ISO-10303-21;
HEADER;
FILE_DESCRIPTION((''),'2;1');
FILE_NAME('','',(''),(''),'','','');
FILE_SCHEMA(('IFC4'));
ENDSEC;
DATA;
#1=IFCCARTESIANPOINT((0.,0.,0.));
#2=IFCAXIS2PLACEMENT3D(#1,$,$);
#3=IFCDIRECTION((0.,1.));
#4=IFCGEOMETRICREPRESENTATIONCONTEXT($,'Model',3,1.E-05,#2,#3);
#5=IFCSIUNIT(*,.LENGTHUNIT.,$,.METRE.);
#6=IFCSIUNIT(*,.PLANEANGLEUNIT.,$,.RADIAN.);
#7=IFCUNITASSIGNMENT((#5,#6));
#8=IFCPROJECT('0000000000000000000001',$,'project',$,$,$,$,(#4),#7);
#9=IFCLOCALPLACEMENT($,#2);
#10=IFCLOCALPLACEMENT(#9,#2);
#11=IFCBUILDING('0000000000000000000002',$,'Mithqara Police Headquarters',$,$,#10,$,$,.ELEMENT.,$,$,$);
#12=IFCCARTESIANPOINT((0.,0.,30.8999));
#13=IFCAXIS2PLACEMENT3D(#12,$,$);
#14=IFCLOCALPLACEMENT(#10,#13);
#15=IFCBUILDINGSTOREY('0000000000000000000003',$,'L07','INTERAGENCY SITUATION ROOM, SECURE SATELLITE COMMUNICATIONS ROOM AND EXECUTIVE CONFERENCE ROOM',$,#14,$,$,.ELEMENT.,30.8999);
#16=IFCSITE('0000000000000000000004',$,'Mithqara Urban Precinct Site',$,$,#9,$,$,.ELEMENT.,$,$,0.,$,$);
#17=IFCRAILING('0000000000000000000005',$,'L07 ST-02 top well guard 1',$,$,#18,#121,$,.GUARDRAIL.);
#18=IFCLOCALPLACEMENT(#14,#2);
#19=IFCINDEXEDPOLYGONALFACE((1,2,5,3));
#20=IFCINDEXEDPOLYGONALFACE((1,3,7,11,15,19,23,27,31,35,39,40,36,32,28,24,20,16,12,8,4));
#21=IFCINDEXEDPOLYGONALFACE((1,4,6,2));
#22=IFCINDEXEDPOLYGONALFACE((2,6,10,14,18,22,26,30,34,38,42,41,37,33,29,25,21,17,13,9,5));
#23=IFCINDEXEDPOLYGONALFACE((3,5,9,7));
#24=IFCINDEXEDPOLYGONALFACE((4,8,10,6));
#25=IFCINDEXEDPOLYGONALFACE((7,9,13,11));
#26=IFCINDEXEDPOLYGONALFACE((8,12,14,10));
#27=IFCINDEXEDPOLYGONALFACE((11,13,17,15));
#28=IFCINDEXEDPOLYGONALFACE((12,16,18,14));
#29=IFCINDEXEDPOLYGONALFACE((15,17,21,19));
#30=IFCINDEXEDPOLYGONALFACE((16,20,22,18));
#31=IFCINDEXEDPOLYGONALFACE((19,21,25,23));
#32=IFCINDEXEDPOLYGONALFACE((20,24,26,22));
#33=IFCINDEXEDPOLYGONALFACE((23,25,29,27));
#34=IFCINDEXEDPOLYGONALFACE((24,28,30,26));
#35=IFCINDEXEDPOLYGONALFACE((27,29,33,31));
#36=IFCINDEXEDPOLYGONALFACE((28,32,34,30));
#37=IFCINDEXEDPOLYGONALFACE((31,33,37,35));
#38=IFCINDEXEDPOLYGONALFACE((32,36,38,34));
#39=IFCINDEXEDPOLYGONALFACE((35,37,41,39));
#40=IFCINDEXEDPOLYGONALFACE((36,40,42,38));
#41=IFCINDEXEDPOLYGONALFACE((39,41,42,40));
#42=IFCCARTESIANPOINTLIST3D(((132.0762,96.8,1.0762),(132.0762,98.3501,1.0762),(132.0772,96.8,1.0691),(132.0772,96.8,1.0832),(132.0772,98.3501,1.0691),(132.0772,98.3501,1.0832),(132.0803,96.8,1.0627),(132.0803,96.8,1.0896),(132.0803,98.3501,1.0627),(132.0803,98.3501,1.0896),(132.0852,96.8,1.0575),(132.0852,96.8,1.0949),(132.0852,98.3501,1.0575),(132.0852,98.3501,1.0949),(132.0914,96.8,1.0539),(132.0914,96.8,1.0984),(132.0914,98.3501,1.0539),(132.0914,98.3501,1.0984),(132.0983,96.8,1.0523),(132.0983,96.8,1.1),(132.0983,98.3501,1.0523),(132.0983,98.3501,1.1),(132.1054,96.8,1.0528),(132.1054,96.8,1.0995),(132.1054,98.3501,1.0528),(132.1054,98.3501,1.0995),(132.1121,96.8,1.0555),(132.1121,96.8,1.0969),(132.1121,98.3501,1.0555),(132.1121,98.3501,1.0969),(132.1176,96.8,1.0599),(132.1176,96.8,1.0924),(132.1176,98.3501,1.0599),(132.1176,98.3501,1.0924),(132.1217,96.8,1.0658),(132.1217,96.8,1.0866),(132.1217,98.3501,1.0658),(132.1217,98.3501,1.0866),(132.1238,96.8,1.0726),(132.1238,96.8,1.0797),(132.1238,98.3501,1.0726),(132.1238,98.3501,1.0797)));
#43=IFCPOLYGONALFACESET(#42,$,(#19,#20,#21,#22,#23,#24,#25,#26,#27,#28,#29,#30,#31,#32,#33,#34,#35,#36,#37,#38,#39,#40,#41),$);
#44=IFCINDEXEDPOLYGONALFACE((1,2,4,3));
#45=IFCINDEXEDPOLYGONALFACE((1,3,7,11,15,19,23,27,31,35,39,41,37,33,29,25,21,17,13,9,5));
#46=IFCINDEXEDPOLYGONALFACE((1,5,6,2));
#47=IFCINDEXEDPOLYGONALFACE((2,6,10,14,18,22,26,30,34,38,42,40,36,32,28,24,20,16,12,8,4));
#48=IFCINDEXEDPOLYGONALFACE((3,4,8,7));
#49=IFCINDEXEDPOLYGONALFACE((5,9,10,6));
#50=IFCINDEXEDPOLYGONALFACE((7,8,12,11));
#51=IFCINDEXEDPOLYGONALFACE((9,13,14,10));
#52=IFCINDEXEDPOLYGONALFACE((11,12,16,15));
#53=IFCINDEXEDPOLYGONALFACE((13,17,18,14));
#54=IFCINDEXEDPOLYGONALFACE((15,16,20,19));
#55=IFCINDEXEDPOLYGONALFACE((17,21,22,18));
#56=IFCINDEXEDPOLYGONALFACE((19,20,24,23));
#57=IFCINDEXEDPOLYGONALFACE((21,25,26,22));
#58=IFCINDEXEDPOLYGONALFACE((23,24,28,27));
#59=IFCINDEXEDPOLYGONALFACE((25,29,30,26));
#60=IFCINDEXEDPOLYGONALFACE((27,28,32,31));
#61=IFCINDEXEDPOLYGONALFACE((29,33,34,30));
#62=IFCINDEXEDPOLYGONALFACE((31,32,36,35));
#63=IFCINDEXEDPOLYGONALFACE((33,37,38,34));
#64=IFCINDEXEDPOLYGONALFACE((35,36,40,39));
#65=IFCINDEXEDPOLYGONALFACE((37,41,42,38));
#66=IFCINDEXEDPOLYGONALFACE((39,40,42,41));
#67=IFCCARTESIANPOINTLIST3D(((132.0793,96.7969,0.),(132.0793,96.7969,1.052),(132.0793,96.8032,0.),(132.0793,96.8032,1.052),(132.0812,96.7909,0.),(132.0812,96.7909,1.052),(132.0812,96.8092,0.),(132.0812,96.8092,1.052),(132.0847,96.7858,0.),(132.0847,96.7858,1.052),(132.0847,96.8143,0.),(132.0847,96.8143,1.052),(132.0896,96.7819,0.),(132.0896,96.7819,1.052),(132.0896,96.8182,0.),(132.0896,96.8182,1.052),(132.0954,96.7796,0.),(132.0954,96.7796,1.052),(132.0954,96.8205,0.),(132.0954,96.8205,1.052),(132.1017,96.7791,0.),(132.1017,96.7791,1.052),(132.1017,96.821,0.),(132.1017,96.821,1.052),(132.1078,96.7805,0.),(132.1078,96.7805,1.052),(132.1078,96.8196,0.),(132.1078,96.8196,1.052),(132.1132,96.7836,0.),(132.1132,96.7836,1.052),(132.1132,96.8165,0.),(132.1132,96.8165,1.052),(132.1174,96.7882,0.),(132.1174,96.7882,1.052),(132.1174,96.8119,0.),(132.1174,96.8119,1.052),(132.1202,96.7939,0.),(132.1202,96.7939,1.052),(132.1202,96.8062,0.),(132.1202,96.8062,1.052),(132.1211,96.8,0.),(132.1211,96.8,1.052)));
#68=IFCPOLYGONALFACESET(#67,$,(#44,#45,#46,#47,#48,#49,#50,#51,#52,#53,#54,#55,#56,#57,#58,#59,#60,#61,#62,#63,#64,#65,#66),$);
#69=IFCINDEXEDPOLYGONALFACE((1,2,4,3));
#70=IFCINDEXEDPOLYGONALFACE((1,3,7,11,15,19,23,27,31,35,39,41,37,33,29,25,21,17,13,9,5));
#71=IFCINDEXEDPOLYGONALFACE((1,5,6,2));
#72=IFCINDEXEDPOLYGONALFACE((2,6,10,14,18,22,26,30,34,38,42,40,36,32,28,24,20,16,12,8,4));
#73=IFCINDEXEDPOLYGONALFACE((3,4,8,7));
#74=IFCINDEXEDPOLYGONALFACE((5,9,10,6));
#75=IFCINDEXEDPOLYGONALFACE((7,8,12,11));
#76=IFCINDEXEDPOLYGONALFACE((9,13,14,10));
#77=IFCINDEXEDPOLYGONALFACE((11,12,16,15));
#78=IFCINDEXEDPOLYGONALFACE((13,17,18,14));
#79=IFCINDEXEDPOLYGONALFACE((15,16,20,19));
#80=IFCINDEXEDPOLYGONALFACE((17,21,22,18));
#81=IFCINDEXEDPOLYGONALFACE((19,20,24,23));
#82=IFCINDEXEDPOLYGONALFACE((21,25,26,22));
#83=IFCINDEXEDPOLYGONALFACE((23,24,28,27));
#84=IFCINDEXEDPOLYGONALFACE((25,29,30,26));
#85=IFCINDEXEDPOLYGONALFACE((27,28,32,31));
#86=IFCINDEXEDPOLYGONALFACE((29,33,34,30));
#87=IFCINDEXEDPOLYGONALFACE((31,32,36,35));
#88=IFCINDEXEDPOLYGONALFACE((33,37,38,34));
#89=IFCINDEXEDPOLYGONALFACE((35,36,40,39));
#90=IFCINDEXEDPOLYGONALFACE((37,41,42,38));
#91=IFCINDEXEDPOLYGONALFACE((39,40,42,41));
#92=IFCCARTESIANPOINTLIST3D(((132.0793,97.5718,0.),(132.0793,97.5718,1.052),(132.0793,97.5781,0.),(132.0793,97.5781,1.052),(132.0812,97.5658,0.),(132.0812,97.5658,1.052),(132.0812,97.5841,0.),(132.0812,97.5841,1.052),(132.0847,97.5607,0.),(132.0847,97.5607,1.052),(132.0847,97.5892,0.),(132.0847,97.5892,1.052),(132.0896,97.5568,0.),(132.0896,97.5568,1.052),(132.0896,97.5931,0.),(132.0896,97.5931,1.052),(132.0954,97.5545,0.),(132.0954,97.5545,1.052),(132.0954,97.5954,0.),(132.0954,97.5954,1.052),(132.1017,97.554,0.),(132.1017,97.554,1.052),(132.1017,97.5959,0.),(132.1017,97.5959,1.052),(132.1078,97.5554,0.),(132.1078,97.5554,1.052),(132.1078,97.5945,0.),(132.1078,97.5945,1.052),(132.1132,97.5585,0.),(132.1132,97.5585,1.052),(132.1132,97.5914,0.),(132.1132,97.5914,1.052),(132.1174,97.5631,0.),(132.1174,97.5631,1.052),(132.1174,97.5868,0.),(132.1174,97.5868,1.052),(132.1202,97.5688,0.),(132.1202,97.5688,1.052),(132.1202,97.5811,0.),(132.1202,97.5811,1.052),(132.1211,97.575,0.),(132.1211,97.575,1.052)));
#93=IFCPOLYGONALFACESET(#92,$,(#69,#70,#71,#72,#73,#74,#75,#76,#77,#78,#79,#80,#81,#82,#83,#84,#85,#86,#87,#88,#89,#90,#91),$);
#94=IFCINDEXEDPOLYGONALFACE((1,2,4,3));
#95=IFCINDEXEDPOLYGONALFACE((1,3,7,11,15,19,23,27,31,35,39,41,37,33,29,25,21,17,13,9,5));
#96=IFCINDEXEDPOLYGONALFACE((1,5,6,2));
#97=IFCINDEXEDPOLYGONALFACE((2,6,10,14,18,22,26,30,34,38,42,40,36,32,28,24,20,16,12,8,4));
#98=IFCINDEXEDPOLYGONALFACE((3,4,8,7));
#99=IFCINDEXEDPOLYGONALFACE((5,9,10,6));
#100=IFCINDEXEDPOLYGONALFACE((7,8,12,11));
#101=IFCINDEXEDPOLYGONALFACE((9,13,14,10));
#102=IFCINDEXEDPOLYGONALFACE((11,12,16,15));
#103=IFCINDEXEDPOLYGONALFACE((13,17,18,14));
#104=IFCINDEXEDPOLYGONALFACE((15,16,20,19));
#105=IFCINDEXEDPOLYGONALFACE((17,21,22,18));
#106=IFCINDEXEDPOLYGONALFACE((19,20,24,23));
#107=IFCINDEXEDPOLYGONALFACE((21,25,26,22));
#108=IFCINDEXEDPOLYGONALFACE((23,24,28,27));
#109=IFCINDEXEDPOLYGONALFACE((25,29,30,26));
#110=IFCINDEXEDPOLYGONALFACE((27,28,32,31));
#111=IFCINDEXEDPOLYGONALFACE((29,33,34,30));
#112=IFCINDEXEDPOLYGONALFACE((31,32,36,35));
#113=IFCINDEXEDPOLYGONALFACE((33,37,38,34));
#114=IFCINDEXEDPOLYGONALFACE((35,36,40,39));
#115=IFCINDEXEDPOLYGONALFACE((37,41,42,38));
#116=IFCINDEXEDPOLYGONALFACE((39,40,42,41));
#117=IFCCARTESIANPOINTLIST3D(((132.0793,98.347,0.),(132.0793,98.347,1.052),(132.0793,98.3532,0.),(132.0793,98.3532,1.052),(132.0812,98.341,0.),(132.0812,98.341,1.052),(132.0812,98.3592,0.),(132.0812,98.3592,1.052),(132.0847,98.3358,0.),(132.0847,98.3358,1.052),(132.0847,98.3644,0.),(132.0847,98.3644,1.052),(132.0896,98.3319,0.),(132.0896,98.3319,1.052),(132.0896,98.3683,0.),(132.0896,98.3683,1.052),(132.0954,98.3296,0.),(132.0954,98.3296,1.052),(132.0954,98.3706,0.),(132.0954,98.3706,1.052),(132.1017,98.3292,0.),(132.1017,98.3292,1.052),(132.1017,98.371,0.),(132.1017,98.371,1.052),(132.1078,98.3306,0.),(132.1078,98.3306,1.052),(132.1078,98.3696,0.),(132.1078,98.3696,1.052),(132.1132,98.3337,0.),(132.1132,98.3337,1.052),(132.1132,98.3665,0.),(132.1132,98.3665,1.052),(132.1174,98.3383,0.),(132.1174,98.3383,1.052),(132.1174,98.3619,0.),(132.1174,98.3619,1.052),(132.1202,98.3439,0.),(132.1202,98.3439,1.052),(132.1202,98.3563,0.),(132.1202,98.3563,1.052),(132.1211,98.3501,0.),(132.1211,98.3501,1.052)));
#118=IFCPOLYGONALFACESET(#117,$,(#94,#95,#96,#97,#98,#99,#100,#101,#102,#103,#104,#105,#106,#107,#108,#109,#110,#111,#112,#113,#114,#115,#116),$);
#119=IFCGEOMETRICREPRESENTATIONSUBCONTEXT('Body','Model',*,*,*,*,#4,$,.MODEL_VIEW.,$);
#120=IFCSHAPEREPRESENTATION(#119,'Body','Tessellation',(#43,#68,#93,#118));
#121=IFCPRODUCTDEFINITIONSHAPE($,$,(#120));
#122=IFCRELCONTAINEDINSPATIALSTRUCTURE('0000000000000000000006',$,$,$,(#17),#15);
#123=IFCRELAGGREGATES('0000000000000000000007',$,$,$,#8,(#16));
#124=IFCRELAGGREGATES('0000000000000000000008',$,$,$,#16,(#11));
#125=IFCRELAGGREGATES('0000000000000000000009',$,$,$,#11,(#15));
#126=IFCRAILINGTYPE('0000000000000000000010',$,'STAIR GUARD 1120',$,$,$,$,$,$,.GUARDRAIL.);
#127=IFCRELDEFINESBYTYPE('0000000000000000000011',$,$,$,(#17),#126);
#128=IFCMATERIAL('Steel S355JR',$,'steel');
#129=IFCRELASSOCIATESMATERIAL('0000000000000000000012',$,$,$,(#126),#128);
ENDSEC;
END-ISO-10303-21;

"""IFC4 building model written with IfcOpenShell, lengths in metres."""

from ifc_helpers import new_model, si_unit, direction, frame, origin, origin_2d, place, context, subcontext, project, spatial, circle, extrude, material, type_object, element, save


model = new_model("IFC4")

# Units and contexts
model_context = context("Model", 3, precision=1e-05, world=origin(), true_north=direction((0.0, 1.0)))
body_context = subcontext(model_context, "Body", "Model", "MODEL_VIEW")
ifc_project = project(units=[si_unit("LENGTHUNIT", "METRE"), si_unit("PLANEANGLEUNIT", "RADIAN")], contexts=[model_context])

# Site, building, storey
site_placement = place(None, origin())
site = spatial("IfcSite", under=ifc_project, at=site_placement, Name="Mithqara Urban Precinct Site", CompositionType="ELEMENT", RefElevation=0.0)
building_placement = place(site_placement, origin())
building = spatial("IfcBuilding", under=site, at=building_placement, Name="Mithqara Police Headquarters", CompositionType="ELEMENT")
storey_placement = place(building_placement, frame((0.0, 0.0, 30.8999)))
storey = spatial("IfcBuildingStorey", under=building, at=storey_placement, Name="L07", Description="INTERAGENCY SITUATION ROOM, SECURE SATELLITE COMMUNICATIONS ROOM AND EXECUTIVE CONFERENCE ROOM", CompositionType="ELEMENT", Elevation=30.8999)

# Shared definitions
ifc_material_1 = material(Name="Steel S355JR", Category="steel")

# Railing
railing_type = type_object("IfcRailingType", Name="STAIR GUARD 1120", PredefinedType="GUARDRAIL", material=ifc_material_1)
railing_placement = place(storey_placement, frame((132.1001, 96.8, 0.0)))
element("IfcRailing", 1, at=railing_placement, inside=storey, type_object=railing_type, Name="L07 ST-02 top well guard 1", PredefinedType="GUARDRAIL", context=body_context, shape_type="SweptSolid", body=[
    extrude(circle(Radius=0.0239, at=origin_2d()), frame((0.0, 0.0, 1.0762), z_axis=(0.0, 1.0, 0.0), x_axis=(-1.0, 0.0, 0.0)), (0.0, 0.0, 1.0), 1.55),
    extrude(circle(Radius=0.021, at=origin_2d()), origin(), (0.0, 0.0, 1.0), 1.052),
    extrude(circle(Radius=0.021, at=origin_2d()), frame((0.0, 0.7749, 0.0)), (0.0, 0.0, 1.0), 1.052),
    extrude(circle(Radius=0.021, at=origin_2d()), frame((0.0, 1.55, 0.0)), (0.0, 0.0, 1.0), 1.052),
])

save(model, "model.ifc")
